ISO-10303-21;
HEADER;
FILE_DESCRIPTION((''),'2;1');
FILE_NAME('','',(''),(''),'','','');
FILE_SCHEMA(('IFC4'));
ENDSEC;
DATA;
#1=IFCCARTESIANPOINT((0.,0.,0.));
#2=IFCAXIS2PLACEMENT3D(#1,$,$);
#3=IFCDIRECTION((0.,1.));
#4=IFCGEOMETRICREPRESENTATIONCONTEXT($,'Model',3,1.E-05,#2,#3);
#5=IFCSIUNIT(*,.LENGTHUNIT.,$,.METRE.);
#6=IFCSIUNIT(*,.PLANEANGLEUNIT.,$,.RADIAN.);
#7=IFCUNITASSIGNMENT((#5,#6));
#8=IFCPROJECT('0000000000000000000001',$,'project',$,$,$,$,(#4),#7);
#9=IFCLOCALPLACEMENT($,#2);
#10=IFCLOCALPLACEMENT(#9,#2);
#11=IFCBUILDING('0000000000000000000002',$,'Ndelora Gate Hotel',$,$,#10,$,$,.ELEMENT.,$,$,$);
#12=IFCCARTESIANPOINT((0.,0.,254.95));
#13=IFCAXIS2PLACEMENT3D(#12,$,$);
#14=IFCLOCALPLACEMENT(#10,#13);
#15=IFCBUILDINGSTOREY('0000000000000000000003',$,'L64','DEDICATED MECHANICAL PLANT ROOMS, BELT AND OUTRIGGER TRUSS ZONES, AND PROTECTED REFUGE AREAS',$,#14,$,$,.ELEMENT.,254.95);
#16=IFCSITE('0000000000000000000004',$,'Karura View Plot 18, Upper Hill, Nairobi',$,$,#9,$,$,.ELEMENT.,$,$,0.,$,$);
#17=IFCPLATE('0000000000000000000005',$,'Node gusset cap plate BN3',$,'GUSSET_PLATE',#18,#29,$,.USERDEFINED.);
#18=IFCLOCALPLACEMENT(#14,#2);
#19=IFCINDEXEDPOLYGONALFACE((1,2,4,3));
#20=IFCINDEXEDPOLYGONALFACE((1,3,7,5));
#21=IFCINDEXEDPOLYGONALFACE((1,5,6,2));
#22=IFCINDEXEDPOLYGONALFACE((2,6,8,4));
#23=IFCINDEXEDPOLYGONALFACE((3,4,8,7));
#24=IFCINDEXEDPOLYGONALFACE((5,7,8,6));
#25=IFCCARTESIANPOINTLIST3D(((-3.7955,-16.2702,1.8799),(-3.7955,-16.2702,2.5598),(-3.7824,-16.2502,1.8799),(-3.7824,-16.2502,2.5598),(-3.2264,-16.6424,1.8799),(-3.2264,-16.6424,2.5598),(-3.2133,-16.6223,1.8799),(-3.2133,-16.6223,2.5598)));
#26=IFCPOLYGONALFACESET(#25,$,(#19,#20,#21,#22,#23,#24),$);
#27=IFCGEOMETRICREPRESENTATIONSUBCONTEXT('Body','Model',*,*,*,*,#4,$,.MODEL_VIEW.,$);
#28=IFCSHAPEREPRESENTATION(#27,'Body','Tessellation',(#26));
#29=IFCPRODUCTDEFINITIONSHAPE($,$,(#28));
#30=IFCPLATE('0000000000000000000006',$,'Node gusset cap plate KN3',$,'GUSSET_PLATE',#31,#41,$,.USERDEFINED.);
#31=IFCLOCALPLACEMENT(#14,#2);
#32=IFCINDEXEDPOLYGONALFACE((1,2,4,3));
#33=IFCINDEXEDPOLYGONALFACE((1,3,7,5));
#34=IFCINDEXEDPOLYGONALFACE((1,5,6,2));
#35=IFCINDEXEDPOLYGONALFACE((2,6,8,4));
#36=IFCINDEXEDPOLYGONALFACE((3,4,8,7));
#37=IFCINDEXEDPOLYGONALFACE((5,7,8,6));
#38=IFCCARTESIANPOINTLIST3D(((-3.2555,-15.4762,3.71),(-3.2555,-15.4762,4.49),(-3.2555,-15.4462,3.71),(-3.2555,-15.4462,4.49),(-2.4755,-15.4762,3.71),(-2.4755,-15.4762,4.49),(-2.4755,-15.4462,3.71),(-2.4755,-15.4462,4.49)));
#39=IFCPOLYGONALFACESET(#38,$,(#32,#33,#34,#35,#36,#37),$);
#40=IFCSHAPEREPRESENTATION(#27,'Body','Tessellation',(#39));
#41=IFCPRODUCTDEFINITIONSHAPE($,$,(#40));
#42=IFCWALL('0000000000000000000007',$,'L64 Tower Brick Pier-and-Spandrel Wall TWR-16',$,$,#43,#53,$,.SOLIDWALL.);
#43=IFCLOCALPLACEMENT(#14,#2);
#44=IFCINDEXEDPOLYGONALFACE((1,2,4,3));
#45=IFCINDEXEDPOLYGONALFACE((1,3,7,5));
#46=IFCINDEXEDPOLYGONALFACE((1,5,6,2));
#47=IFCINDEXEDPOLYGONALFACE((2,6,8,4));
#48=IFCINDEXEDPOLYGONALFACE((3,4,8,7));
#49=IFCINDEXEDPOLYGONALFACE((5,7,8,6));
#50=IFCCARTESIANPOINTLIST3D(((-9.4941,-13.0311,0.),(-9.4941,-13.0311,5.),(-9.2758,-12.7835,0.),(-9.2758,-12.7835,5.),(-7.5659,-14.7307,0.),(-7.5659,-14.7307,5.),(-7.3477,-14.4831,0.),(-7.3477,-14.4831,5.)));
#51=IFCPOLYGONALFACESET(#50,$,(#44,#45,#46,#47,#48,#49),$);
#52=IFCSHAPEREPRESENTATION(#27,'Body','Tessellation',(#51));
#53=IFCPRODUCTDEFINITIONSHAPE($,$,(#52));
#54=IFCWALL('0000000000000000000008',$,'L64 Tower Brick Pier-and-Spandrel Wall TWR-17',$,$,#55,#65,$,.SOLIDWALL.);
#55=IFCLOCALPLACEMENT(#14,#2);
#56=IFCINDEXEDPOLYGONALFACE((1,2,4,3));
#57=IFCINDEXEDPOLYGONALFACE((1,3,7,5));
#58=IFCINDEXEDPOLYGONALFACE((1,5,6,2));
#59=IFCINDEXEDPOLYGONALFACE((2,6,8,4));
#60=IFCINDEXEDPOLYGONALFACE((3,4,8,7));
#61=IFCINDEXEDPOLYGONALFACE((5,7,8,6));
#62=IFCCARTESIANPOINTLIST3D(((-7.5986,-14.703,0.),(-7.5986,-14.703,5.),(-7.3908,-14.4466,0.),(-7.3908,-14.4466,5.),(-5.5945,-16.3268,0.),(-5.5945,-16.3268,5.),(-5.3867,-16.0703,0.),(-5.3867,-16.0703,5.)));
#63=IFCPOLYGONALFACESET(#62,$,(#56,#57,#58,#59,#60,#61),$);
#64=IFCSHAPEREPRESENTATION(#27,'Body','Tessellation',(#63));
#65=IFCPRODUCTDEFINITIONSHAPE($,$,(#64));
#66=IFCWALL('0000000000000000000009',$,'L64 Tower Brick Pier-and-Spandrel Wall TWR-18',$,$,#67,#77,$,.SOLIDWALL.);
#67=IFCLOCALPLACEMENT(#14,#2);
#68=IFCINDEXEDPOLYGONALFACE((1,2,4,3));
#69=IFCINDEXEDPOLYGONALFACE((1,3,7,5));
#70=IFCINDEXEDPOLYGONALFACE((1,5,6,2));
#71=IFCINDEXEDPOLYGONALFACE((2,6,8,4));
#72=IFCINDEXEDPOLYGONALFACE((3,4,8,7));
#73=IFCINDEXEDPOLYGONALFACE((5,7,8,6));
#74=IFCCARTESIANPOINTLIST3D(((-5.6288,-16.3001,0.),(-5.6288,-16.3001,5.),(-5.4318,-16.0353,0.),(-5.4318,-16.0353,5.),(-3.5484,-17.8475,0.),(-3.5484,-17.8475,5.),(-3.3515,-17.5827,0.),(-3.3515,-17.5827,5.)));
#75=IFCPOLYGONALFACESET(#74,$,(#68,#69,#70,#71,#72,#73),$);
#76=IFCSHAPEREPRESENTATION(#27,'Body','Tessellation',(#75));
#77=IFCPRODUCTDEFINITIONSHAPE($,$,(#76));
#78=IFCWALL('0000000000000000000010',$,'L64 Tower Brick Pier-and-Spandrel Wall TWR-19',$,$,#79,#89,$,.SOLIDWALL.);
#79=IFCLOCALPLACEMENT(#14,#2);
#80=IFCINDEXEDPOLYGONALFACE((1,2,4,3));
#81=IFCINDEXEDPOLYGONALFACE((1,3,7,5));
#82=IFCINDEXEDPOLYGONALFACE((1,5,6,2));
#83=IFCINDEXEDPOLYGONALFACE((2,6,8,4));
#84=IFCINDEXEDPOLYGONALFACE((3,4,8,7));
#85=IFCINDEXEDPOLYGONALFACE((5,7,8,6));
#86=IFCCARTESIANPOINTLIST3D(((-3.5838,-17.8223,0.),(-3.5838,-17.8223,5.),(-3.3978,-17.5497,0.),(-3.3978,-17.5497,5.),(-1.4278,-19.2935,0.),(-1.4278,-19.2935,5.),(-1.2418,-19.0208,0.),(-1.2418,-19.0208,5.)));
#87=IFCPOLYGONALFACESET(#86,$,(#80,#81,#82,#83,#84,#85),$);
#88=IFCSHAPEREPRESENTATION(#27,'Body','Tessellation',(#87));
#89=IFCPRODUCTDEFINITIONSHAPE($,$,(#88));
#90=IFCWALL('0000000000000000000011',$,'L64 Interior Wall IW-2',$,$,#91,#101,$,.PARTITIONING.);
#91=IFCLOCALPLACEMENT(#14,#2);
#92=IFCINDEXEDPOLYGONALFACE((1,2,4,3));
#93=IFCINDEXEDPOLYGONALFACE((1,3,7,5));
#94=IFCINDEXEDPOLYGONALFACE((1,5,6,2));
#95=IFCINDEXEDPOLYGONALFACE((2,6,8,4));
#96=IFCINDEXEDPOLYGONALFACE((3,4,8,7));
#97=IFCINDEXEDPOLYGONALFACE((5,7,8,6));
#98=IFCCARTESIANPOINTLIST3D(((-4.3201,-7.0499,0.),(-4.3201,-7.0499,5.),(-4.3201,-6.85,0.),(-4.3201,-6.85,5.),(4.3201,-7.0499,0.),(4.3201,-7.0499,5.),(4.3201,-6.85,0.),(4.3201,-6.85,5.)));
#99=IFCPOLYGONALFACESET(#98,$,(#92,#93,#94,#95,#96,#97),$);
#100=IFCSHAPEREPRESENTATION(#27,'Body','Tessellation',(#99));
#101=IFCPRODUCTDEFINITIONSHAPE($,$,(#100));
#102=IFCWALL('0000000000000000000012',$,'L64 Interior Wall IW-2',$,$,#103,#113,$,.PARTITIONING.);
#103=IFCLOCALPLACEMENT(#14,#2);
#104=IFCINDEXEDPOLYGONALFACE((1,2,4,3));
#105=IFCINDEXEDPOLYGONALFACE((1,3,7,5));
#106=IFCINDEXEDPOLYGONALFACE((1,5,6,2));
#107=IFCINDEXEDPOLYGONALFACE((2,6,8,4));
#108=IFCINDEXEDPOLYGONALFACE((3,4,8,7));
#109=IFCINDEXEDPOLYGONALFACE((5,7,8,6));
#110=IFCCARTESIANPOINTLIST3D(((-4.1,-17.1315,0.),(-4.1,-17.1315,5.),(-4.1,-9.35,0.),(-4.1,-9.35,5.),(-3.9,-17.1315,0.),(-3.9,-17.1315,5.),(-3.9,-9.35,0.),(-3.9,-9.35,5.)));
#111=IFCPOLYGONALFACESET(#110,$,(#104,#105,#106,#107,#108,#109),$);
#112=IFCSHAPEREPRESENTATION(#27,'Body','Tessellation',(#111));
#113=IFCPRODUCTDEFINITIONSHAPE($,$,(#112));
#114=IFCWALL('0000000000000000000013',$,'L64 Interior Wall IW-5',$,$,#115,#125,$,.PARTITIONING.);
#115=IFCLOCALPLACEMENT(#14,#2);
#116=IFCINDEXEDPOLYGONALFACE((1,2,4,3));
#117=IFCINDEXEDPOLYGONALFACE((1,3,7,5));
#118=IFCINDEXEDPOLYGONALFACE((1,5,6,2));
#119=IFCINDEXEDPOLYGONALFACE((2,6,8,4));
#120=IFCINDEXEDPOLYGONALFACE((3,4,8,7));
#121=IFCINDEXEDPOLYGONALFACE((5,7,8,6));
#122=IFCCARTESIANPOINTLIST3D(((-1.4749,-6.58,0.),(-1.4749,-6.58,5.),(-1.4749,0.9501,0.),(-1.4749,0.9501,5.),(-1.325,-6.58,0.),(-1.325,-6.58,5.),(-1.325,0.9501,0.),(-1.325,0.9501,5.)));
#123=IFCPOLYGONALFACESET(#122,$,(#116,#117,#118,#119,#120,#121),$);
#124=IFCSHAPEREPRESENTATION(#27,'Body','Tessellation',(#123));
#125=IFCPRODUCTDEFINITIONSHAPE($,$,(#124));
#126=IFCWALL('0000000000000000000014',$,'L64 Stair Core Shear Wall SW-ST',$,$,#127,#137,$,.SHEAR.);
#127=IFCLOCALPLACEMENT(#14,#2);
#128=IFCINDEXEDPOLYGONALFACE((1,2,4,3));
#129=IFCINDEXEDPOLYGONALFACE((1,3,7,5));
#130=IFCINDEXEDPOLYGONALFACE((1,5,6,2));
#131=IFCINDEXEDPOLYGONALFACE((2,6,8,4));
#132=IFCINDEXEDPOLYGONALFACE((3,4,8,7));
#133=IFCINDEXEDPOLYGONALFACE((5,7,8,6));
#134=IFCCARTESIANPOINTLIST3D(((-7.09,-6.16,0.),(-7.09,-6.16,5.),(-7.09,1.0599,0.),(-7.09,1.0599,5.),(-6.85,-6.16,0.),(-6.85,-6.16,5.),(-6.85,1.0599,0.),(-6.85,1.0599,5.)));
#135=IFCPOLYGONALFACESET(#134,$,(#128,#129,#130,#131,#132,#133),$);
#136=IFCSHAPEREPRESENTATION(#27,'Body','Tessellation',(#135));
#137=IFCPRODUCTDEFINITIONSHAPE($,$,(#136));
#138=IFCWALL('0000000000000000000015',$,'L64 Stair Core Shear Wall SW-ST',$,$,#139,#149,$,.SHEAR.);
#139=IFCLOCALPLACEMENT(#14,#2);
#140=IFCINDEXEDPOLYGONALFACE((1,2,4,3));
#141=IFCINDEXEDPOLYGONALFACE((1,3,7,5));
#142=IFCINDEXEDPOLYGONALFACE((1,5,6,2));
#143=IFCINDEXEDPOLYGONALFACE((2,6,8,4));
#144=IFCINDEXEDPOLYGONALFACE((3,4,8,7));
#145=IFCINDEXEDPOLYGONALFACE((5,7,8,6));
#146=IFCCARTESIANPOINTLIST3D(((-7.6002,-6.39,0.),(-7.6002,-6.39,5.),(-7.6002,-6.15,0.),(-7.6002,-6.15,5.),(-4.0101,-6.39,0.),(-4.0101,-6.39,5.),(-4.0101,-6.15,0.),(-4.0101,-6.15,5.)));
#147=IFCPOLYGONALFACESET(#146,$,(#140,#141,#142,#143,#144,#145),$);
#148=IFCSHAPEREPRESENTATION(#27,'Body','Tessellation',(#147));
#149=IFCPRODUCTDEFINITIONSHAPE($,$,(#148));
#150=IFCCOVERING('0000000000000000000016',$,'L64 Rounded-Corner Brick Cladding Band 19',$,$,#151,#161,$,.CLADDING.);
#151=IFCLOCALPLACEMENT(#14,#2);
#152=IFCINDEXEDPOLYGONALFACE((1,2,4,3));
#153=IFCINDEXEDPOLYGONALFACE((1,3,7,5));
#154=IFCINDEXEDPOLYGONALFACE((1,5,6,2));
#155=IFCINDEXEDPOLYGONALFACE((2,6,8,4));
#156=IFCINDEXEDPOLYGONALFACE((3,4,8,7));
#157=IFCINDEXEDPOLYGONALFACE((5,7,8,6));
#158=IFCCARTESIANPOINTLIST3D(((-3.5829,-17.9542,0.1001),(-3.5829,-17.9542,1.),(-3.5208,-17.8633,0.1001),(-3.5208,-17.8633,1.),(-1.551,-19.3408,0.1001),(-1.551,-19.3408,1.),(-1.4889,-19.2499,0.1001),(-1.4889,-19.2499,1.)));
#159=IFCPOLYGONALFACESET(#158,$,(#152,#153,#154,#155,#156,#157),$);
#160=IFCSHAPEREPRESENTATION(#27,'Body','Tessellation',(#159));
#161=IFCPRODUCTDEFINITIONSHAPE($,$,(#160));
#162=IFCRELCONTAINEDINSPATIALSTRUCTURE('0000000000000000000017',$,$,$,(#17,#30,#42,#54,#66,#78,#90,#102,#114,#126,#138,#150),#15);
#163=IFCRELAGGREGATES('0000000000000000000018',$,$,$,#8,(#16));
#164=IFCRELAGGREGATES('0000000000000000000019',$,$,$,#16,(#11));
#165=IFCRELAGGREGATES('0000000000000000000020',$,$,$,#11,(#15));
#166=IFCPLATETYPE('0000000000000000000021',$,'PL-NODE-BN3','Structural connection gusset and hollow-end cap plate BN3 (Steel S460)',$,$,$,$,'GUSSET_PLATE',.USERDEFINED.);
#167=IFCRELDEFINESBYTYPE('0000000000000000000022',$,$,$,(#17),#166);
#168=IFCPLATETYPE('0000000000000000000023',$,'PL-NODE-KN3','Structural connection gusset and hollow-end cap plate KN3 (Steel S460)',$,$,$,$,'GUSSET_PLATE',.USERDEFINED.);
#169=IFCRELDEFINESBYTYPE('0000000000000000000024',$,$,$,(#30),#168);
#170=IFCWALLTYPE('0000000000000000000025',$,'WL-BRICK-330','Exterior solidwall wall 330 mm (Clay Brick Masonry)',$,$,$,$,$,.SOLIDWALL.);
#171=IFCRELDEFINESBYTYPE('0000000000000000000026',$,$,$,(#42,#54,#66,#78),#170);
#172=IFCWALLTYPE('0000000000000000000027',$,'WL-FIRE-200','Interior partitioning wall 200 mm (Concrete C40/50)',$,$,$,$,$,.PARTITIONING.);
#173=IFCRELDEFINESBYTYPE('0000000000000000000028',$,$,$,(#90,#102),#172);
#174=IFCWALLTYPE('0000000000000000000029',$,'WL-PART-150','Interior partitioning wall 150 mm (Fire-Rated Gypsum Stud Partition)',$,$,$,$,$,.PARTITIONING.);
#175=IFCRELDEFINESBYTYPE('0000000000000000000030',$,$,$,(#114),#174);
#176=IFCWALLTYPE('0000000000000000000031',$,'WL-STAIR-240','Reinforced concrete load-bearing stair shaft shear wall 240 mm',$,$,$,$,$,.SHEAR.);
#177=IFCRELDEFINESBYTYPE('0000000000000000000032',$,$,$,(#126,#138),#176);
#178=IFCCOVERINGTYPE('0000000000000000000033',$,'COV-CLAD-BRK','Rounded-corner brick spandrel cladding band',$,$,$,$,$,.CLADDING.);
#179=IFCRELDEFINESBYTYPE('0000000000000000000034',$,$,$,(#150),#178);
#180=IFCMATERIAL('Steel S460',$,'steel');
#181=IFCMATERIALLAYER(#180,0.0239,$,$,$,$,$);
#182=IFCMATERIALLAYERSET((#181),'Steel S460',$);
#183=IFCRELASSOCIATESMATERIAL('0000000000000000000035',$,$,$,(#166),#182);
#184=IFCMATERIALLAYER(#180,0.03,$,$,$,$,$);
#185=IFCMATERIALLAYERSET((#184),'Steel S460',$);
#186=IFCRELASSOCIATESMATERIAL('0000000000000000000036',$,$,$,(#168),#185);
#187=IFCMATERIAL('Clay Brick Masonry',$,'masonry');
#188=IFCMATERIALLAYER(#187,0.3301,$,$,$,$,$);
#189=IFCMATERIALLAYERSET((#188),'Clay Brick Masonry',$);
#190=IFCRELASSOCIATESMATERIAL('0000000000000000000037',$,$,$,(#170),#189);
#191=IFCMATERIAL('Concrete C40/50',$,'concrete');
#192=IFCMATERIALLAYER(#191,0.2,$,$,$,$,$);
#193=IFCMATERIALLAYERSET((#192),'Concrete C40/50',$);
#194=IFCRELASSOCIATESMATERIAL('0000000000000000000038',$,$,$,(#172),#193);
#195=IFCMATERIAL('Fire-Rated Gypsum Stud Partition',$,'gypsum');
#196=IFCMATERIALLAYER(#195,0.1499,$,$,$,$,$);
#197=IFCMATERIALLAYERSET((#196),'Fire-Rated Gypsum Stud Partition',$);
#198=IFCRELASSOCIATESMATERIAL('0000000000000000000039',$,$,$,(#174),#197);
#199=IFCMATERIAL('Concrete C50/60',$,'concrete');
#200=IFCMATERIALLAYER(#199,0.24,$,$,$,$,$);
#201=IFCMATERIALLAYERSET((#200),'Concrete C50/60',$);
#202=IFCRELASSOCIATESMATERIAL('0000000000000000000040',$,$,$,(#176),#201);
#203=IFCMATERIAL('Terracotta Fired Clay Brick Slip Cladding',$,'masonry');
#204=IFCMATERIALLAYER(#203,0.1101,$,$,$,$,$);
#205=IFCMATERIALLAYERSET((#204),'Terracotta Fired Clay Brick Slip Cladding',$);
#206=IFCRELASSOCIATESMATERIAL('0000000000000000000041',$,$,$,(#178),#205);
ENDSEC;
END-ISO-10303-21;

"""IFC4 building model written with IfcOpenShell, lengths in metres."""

from ifc_helpers import new_model, si_unit, direction, frame, frame_2d, origin, origin_2d, place, context, subcontext, project, spatial, rectangle, extrude, material, layer, layer_set, type_object, element, save


model = new_model("IFC4")

# Units and contexts
model_context = context("Model", 3, precision=1e-05, world=origin(), true_north=direction((0.0, 1.0)))
body_context = subcontext(model_context, "Body", "Model", "MODEL_VIEW")
ifc_project = project(units=[si_unit("LENGTHUNIT", "METRE"), si_unit("PLANEANGLEUNIT", "RADIAN")], contexts=[model_context])

# Site, building, storey
site_placement = place(None, origin())
site = spatial("IfcSite", under=ifc_project, at=site_placement, Name="Karura View Plot 18, Upper Hill, Nairobi", CompositionType="ELEMENT", RefElevation=0.0)
building_placement = place(site_placement, origin())
building = spatial("IfcBuilding", under=site, at=building_placement, Name="Ndelora Gate Hotel", CompositionType="ELEMENT")
storey_placement = place(building_placement, frame((0.0, 0.0, 254.95)))
storey = spatial("IfcBuildingStorey", under=building, at=storey_placement, Name="L64", Description="DEDICATED MECHANICAL PLANT ROOMS, BELT AND OUTRIGGER TRUSS ZONES, AND PROTECTED REFUGE AREAS", CompositionType="ELEMENT", Elevation=254.95)

# Shared definitions
ifc_material_1 = material(Name="Concrete C50/60", Category="concrete")

# Shared definitions
ifc_material_2 = material(Name="Steel S460", Category="steel")

# Plates
ifc_layer_1 = layer(ifc_material_2, 0.0239)
ifc_layer_set_1 = layer_set([ifc_layer_1], Name="Steel S460")
plate_type_1 = type_object("IfcPlateType", Name="PL-NODE-BN3", Description="Structural connection gusset and hollow-end cap plate BN3 (Steel S460)", ElementType="GUSSET_PLATE", PredefinedType="USERDEFINED", material=ifc_layer_set_1)
for number, where, z_axis, x_axis, name in (
    (1, (-3.5044, -16.4463, 1.8799), (0.0, 0.0, 1.0), (-0.836955, 0.547271, 0.0), "Node gusset cap plate BN3"),
):
    element("IfcPlate", number, at=place(storey_placement, frame(where, z_axis=z_axis, x_axis=x_axis)), inside=storey, type_object=plate_type_1, Name=name, ObjectType="GUSSET_PLATE", PredefinedType="USERDEFINED", context=body_context, shape_type="SweptSolid", body=[
        extrude(rectangle(XDim=0.6799, YDim=0.0239, at=origin_2d()), origin(), (0.0, 0.0, 1.0), 0.6799),
    ])
ifc_layer_2 = layer(ifc_material_2, 0.03)
ifc_layer_set_2 = layer_set([ifc_layer_2], Name="Steel S460")
plate_type_2 = type_object("IfcPlateType", Name="PL-NODE-KN3", Description="Structural connection gusset and hollow-end cap plate KN3 (Steel S460)", ElementType="GUSSET_PLATE", PredefinedType="USERDEFINED", material=ifc_layer_set_2)
plate_placement = place(storey_placement, frame((-2.8655, -15.4612, 3.71), z_axis=(0.0, 0.0, 1.0), x_axis=(1.0, 0.0, 0.0)))
element("IfcPlate", 2, at=plate_placement, inside=storey, type_object=plate_type_2, Name="Node gusset cap plate KN3", ObjectType="GUSSET_PLATE", PredefinedType="USERDEFINED", context=body_context, shape_type="SweptSolid", body=[
    extrude(rectangle(XDim=0.78, YDim=0.03, at=origin_2d()), origin(), (0.0, 0.0, 1.0), 0.78),
])

# Walls
ifc_material_3 = material(Name="Clay Brick Masonry", Category="masonry")
ifc_layer_3 = layer(ifc_material_3, 0.3301)
ifc_layer_set_3 = layer_set([ifc_layer_3], Name="Clay Brick Masonry")
wall_type_1 = type_object("IfcWallType", Name="WL-BRICK-330", Description="Exterior solidwall wall 330 mm (Clay Brick Masonry)", PredefinedType="SOLIDWALL", material=ifc_layer_set_3)
wall_1_placement = place(storey_placement, frame((-7.4568, -14.6069, 0.0), z_axis=(0.0, 0.0, 1.0), x_axis=(-0.750159, 0.661257, 0.0)))
element("IfcWall", 3, at=wall_1_placement, inside=storey, type_object=wall_type_1, Name="L64 Tower Brick Pier-and-Spandrel Wall TWR-16", PredefinedType="SOLIDWALL", context=body_context, shape_type="SweptSolid", body=[
    extrude(rectangle(XDim=2.5703, YDim=0.3301, at=frame_2d((1.2852, 0.0))), origin(), (0.0, 0.0, 1.0), 5.0),
])
wall_2_placement = place(storey_placement, frame((-5.4907, -16.1985, 0.0), z_axis=(0.0, 0.0, 1.0), x_axis=(-0.776985, 0.629519, 0.0)))
element("IfcWall", 4, at=wall_2_placement, inside=storey, type_object=wall_type_1, Name="L64 Tower Brick Pier-and-Spandrel Wall TWR-17", PredefinedType="SOLIDWALL", context=body_context, shape_type="SweptSolid", body=[
    extrude(rectangle(XDim=2.5793, YDim=0.3301, at=frame_2d((1.2896, 0.0))), origin(), (0.0, 0.0, 1.0), 5.0),
])
wall_3_placement = place(storey_placement, frame((-3.45, -17.7151, 0.0), z_axis=(0.0, 0.0, 1.0), x_axis=(-0.802378, 0.596816, 0.0)))
element("IfcWall", 5, at=wall_3_placement, inside=storey, type_object=wall_type_1, Name="L64 Tower Brick Pier-and-Spandrel Wall TWR-18", PredefinedType="SOLIDWALL", context=body_context, shape_type="SweptSolid", body=[
    extrude(rectangle(XDim=2.5928, YDim=0.3301, at=frame_2d((1.2964, 0.0))), origin(), (0.0, 0.0, 1.0), 5.0),
])
wall_4_placement = place(storey_placement, frame((-1.3347, -19.1572, 0.0), z_axis=(0.0, 0.0, 1.0), x_axis=(-0.826016, 0.563647, 0.0)))
element("IfcWall", 6, at=wall_4_placement, inside=storey, type_object=wall_type_1, Name="L64 Tower Brick Pier-and-Spandrel Wall TWR-19", PredefinedType="SOLIDWALL", context=body_context, shape_type="SweptSolid", body=[
    extrude(rectangle(XDim=2.6101, YDim=0.3301, at=frame_2d((1.3052, 0.0))), origin(), (0.0, 0.0, 1.0), 5.0),
])
ifc_material_4 = material(Name="Concrete C40/50", Category="concrete")
ifc_layer_4 = layer(ifc_material_4, 0.2)
ifc_layer_set_4 = layer_set([ifc_layer_4], Name="Concrete C40/50")
wall_type_2 = type_object("IfcWallType", Name="WL-FIRE-200", Description="Interior partitioning wall 200 mm (Concrete C40/50)", PredefinedType="PARTITIONING", material=ifc_layer_set_4)
wall_5_placement = place(storey_placement, frame((-4.3201, -6.95, 0.0), z_axis=(0.0, 0.0, 1.0), x_axis=(1.0, 0.0, 0.0)))
element("IfcWall", 7, at=wall_5_placement, inside=storey, type_object=wall_type_2, Name="L64 Interior Wall IW-2", PredefinedType="PARTITIONING", context=body_context, shape_type="SweptSolid", body=[
    extrude(rectangle(XDim=8.6401, YDim=0.2, at=frame_2d((4.3201, 0.0))), origin(), (0.0, 0.0, 1.0), 5.0),
])
wall_6_placement = place(storey_placement, frame((-4.0, -9.3501, 0.0), z_axis=(0.0, 0.0, 1.0), x_axis=(0.0, -1.0, 0.0)))
element("IfcWall", 8, at=wall_6_placement, inside=storey, type_object=wall_type_2, Name="L64 Interior Wall IW-2", PredefinedType="PARTITIONING", context=body_context, shape_type="SweptSolid", body=[
    extrude(rectangle(XDim=7.7815, YDim=0.2, at=frame_2d((3.8906, 0.0))), origin(), (0.0, 0.0, 1.0), 5.0),
])
ifc_material_5 = material(Name="Fire-Rated Gypsum Stud Partition", Category="gypsum")
ifc_layer_5 = layer(ifc_material_5, 0.1499)
ifc_layer_set_5 = layer_set([ifc_layer_5], Name="Fire-Rated Gypsum Stud Partition")
wall_type_3 = type_object("IfcWallType", Name="WL-PART-150", Description="Interior partitioning wall 150 mm (Fire-Rated Gypsum Stud Partition)", PredefinedType="PARTITIONING", material=ifc_layer_set_5)
wall_7_placement = place(storey_placement, frame((-1.3999, -6.5801, 0.0), z_axis=(0.0, 0.0, 1.0), x_axis=(0.0, 1.0, 0.0)))
element("IfcWall", 9, at=wall_7_placement, inside=storey, type_object=wall_type_3, Name="L64 Interior Wall IW-5", PredefinedType="PARTITIONING", context=body_context, shape_type="SweptSolid", body=[
    extrude(rectangle(XDim=7.53, YDim=0.1499, at=frame_2d((3.7651, 0.0))), origin(), (0.0, 0.0, 1.0), 5.0),
])
ifc_layer_6 = layer(ifc_material_1, 0.24)
ifc_layer_set_6 = layer_set([ifc_layer_6], Name="Concrete C50/60")
wall_type_4 = type_object("IfcWallType", Name="WL-STAIR-240", Description="Reinforced concrete load-bearing stair shaft shear wall 240 mm", PredefinedType="SHEAR", material=ifc_layer_set_6)
wall_8_placement = place(storey_placement, frame((-6.97, -6.1599, 0.0), z_axis=(0.0, 0.0, 1.0), x_axis=(0.0, 1.0, 0.0)))
element("IfcWall", 10, at=wall_8_placement, inside=storey, type_object=wall_type_4, Name="L64 Stair Core Shear Wall SW-ST", PredefinedType="SHEAR", context=body_context, shape_type="SweptSolid", body=[
    extrude(rectangle(XDim=7.22, YDim=0.24, at=frame_2d((3.6099, 0.0))), origin(), (0.0, 0.0, 1.0), 5.0),
])
wall_9_placement = place(storey_placement, frame((-7.6001, -6.27, 0.0), z_axis=(0.0, 0.0, 1.0), x_axis=(1.0, 0.0, 0.0)))
element("IfcWall", 11, at=wall_9_placement, inside=storey, type_object=wall_type_4, Name="L64 Stair Core Shear Wall SW-ST", PredefinedType="SHEAR", context=body_context, shape_type="SweptSolid", body=[
    extrude(rectangle(XDim=3.5901, YDim=0.24, at=frame_2d((1.7949, 0.0))), origin(), (0.0, 0.0, 1.0), 5.0),
])

# Covering
ifc_material_6 = material(Name="Terracotta Fired Clay Brick Slip Cladding", Category="masonry")
ifc_layer_7 = layer(ifc_material_6, 0.1101)
ifc_layer_set_7 = layer_set([ifc_layer_7], Name="Terracotta Fired Clay Brick Slip Cladding")
covering_type = type_object("IfcCoveringType", Name="COV-CLAD-BRK", Description="Rounded-corner brick spandrel cladding band", PredefinedType="CLADDING", material=ifc_layer_set_7)
covering_placement = place(storey_placement, frame((-2.5359, -18.6021, 0.1001), z_axis=(0.0, 0.0, 1.0), x_axis=(-0.826, 0.56367, 0.0)))
element("IfcCovering", 12, at=covering_placement, inside=storey, type_object=covering_type, Name="L64 Rounded-Corner Brick Cladding Band 19", PredefinedType="CLADDING", context=body_context, shape_type="SweptSolid", body=[
    extrude(rectangle(XDim=2.46, YDim=0.1101, at=origin_2d()), origin(), (0.0, 0.0, 1.0), 0.8999),
])

save(model, "model.ifc")
